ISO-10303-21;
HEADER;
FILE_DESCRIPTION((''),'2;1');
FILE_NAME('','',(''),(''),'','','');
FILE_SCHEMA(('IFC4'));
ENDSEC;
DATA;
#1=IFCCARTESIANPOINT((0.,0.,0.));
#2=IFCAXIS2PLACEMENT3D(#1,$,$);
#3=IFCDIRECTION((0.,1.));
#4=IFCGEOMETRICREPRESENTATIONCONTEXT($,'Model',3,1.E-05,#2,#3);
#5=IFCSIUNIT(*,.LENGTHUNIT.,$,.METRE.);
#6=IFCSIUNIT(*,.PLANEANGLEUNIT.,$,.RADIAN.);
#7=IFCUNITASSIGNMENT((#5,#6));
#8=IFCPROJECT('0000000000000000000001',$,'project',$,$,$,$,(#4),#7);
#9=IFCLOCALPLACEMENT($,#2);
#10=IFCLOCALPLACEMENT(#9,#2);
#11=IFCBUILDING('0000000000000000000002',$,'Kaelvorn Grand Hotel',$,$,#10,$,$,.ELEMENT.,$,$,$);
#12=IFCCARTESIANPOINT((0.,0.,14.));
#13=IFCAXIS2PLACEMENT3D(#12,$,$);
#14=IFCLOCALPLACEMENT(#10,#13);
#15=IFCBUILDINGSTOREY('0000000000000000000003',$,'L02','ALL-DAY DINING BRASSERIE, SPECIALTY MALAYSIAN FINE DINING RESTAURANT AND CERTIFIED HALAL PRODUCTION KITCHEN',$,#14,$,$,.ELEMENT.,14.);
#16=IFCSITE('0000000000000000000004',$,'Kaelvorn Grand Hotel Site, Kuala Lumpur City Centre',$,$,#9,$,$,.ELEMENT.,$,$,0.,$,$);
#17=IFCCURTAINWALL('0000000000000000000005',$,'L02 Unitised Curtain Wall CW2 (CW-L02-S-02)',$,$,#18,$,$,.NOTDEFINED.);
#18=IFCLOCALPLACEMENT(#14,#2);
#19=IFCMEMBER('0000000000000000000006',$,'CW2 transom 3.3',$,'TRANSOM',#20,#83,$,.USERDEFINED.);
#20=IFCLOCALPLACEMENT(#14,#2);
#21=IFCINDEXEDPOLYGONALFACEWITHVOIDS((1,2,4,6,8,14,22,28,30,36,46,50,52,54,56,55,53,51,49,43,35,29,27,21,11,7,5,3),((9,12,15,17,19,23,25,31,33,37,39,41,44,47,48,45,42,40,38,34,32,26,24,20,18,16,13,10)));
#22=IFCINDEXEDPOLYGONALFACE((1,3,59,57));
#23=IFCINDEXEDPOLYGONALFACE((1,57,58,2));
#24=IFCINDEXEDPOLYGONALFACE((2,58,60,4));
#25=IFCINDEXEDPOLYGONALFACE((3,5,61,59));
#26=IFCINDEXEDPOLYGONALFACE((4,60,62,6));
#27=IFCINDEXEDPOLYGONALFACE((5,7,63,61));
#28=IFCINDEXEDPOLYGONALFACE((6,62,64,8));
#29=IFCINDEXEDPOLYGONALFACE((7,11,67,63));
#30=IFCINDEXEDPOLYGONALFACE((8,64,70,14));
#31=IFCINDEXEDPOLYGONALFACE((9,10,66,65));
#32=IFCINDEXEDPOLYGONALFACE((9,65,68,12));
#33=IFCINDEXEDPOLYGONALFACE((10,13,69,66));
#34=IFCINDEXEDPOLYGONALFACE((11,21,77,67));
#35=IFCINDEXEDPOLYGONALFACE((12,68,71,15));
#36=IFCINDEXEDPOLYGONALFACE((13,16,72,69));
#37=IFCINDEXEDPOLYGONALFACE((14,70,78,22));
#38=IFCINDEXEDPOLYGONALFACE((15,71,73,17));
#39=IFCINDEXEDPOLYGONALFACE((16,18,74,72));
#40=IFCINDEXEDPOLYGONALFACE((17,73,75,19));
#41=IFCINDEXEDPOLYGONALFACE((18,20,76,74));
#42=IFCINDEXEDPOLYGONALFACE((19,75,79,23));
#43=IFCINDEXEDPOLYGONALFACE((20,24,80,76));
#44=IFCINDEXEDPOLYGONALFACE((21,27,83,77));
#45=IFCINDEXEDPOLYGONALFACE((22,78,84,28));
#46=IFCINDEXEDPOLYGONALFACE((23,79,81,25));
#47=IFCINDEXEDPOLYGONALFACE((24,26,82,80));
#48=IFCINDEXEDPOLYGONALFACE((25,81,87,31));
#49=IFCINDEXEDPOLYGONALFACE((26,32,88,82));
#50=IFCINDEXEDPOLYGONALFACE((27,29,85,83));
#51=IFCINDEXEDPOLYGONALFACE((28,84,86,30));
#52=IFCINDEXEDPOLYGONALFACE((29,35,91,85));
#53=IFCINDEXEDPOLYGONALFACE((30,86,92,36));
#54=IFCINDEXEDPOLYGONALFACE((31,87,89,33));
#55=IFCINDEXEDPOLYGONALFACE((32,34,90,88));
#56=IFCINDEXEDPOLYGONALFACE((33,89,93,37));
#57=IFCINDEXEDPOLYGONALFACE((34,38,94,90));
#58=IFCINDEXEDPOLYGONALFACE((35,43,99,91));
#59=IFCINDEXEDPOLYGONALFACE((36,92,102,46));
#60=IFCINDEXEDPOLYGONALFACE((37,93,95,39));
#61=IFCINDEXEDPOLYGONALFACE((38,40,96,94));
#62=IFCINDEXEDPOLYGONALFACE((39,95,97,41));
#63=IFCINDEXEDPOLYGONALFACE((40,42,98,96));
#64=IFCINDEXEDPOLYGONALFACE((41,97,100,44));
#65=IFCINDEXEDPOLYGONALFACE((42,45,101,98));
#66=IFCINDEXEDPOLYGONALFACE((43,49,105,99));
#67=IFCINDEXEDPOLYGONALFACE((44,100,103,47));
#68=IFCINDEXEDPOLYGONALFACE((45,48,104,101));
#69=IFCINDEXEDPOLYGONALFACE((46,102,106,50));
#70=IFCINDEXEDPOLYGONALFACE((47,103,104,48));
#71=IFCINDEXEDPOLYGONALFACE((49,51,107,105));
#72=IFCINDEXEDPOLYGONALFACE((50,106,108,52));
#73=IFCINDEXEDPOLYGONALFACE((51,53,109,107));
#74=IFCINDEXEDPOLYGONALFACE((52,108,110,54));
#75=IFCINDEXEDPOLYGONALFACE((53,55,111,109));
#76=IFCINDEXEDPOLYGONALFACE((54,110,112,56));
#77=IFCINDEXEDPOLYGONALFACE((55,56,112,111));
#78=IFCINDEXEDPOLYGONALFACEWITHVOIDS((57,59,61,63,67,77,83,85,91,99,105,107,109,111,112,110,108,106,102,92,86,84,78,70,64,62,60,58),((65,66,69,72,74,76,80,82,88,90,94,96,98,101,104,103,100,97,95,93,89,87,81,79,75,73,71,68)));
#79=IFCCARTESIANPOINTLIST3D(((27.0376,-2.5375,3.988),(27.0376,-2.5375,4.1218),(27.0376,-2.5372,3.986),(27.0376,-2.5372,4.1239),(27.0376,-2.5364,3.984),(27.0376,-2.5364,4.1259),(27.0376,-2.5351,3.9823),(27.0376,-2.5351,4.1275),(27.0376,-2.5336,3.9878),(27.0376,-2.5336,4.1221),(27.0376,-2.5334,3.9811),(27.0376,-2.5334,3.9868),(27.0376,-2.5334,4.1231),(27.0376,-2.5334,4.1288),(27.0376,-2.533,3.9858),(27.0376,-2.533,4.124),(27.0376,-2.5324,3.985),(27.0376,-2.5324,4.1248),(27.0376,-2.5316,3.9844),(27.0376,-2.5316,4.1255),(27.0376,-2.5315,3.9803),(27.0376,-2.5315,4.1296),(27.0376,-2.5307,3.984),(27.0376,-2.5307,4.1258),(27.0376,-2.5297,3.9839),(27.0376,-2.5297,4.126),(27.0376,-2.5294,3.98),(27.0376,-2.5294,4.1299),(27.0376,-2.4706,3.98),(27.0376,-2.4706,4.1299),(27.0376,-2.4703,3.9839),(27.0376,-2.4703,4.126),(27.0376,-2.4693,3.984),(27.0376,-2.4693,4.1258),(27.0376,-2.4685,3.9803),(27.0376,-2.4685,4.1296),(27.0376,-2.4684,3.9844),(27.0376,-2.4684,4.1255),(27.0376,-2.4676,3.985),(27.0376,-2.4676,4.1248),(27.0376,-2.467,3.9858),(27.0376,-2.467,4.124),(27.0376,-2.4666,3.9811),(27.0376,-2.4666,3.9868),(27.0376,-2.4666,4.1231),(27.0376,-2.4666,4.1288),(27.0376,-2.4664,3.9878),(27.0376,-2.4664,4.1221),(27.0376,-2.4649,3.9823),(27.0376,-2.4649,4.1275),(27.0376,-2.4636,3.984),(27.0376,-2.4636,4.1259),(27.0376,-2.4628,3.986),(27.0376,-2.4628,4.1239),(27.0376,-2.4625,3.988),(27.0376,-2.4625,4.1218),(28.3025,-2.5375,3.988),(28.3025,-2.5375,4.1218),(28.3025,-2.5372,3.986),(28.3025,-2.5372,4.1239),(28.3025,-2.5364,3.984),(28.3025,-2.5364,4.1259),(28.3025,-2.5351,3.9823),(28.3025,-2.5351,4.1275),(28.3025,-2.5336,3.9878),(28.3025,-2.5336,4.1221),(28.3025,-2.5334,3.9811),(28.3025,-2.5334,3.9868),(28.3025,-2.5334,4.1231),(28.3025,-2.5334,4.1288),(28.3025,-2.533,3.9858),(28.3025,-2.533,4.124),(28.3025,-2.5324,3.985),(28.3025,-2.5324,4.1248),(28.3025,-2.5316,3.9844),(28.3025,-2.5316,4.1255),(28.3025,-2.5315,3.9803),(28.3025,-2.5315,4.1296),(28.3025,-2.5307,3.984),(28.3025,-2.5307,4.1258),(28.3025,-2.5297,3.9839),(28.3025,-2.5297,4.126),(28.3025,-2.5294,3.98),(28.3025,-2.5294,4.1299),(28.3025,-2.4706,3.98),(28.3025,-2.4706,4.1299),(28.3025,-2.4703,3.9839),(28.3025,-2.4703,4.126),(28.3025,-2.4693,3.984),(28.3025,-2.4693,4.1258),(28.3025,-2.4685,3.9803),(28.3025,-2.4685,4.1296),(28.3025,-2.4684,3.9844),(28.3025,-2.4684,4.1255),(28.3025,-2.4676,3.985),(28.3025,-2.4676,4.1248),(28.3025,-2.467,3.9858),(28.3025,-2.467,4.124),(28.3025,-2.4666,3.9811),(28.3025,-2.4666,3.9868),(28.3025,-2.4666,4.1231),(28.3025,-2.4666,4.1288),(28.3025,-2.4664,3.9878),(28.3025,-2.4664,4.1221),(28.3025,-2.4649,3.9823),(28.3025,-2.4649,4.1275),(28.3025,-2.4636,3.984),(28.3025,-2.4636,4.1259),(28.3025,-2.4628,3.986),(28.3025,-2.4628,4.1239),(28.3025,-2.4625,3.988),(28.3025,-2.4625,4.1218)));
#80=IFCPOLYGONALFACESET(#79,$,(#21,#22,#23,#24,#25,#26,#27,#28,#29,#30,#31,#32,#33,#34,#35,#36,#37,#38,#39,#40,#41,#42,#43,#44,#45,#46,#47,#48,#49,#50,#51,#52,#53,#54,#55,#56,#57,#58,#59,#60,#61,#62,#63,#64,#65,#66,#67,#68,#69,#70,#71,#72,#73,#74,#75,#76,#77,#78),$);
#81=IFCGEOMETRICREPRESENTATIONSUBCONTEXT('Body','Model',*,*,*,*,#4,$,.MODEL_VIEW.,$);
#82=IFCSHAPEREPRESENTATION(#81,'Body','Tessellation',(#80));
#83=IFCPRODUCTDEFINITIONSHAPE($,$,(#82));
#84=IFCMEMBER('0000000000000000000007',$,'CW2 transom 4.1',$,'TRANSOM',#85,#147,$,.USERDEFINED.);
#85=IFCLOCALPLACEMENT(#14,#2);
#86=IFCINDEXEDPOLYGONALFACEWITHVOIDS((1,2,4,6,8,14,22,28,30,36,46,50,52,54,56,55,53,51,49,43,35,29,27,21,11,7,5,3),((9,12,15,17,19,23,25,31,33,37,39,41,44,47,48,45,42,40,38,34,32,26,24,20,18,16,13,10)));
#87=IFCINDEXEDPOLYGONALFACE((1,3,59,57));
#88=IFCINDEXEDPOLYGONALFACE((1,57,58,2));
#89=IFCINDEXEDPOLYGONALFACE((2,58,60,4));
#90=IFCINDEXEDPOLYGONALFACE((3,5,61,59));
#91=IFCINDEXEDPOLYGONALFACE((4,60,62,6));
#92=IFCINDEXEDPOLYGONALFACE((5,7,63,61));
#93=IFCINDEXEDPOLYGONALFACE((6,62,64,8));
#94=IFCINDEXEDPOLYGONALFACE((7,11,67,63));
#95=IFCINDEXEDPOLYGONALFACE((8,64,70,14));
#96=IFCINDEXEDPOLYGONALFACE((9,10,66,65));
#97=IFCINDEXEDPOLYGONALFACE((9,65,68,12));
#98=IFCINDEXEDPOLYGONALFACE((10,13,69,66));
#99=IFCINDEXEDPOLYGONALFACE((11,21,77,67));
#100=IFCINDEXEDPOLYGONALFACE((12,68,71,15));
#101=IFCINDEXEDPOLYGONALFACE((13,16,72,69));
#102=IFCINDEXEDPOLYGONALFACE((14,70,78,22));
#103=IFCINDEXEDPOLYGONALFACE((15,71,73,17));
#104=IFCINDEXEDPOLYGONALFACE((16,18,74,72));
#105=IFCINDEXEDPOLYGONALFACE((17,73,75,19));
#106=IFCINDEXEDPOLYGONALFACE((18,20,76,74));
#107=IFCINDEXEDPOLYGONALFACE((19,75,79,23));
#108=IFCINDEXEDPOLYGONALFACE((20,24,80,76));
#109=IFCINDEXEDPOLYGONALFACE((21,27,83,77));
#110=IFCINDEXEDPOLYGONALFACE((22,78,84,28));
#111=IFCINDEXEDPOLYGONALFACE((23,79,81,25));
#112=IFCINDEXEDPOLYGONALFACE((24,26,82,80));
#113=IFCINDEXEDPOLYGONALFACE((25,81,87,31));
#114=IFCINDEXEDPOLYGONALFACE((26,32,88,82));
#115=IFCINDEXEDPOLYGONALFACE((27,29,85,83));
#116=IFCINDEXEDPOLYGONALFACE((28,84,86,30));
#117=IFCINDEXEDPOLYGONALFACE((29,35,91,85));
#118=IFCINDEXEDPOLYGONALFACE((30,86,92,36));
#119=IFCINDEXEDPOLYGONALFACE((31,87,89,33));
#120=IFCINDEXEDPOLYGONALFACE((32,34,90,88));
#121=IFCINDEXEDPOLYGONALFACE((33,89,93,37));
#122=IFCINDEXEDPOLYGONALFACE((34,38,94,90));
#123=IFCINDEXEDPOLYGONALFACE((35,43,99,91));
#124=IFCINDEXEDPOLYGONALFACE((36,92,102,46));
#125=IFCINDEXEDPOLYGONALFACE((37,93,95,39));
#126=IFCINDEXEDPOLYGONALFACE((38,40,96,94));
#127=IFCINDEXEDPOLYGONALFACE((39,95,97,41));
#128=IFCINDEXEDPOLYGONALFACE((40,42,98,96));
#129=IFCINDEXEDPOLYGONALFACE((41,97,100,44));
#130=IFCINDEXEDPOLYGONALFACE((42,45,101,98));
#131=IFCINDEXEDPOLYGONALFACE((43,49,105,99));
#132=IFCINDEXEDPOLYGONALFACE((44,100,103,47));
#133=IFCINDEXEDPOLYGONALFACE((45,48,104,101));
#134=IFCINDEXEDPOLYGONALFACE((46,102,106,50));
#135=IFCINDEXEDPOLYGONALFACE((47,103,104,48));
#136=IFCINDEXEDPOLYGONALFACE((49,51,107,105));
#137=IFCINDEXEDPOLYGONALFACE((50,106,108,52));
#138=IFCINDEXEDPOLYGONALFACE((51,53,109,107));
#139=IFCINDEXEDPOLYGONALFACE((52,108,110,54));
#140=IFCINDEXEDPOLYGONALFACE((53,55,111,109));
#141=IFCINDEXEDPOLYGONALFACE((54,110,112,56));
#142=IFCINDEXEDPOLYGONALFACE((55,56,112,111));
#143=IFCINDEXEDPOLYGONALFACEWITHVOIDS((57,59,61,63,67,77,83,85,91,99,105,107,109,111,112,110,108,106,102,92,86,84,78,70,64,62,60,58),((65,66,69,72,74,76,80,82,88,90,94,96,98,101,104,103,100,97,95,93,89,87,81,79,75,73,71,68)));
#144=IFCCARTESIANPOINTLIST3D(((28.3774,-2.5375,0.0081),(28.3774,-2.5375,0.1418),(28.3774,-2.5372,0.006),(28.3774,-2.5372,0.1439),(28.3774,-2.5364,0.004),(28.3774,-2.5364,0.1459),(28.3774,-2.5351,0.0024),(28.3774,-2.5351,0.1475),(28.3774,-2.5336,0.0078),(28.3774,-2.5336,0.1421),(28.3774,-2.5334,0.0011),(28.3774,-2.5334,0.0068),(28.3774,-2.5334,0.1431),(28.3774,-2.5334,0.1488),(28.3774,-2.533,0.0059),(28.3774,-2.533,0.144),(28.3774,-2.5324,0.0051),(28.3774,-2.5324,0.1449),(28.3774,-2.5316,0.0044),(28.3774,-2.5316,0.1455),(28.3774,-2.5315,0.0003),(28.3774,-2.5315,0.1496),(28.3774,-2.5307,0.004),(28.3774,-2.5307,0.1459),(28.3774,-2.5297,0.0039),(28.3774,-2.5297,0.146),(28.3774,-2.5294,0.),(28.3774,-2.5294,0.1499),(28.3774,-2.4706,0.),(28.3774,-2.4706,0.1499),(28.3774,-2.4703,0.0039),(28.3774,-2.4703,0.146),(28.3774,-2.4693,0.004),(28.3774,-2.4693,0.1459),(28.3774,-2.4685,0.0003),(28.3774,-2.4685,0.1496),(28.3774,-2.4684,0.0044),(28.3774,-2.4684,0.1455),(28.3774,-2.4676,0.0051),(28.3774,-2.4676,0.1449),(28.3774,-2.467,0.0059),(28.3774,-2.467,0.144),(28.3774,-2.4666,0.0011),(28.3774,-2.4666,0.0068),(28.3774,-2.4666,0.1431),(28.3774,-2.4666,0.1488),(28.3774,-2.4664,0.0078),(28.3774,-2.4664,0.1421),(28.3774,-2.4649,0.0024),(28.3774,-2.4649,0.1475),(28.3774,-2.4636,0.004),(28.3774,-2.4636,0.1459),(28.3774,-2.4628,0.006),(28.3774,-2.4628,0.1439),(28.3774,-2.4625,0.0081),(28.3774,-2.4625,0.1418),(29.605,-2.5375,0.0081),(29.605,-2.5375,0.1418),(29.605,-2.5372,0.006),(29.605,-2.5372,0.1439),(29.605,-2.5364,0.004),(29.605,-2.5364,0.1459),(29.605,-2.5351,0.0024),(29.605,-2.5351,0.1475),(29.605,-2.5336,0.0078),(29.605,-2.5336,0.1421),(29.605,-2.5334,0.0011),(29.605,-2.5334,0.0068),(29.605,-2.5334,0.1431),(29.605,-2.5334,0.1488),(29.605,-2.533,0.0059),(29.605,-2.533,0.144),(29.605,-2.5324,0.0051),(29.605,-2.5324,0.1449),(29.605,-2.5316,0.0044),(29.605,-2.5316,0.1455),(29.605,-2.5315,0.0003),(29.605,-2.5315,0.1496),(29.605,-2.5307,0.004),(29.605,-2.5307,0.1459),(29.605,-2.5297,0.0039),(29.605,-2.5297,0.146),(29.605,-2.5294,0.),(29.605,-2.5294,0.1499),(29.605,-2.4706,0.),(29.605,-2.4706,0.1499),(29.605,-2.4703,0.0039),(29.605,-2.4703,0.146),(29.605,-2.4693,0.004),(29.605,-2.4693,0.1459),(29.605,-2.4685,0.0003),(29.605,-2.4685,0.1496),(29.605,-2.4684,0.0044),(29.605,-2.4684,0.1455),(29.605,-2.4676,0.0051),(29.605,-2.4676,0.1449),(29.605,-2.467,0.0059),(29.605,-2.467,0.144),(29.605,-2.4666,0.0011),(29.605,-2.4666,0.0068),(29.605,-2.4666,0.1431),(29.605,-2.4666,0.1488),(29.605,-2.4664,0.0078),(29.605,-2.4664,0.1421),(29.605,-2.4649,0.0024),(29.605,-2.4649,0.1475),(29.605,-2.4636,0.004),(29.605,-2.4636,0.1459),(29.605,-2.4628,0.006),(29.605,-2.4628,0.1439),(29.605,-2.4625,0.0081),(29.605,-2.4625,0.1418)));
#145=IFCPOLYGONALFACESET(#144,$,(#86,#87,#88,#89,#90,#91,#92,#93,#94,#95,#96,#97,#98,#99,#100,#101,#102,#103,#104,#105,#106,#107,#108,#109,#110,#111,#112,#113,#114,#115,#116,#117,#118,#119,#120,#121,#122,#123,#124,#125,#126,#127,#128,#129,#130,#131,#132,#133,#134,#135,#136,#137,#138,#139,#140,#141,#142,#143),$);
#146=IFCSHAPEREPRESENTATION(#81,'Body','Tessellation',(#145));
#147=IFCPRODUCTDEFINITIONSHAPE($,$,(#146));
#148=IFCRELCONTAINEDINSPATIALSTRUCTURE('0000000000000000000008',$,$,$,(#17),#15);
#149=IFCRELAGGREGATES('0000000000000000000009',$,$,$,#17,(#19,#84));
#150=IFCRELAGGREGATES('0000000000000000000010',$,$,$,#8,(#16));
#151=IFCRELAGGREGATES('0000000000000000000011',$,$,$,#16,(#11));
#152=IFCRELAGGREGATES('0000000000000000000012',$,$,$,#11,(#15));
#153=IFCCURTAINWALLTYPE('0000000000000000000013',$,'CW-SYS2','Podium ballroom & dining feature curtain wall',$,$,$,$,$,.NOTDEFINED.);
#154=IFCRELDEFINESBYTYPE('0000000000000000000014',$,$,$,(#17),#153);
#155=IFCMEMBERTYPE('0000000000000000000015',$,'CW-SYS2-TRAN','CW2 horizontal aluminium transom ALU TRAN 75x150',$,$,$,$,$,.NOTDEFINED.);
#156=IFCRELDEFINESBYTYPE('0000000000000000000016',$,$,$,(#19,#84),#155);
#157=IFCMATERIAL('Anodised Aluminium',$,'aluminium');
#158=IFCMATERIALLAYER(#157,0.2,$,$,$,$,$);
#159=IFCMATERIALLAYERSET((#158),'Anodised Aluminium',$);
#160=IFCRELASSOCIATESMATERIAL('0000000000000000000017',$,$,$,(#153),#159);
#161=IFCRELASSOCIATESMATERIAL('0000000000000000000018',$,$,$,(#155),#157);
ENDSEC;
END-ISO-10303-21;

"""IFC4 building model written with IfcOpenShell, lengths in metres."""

from ifc_helpers import new_model, si_unit, direction, frame, origin, origin_2d, place, context, subcontext, project, spatial, hollow_rectangle, extrude, material, layer, layer_set, material_profile, profile_set, type_object, element, aggregate, save


model = new_model("IFC4")

# Units and contexts
model_context = context("Model", 3, precision=1e-05, world=origin(), true_north=direction((0.0, 1.0)))
body_context = subcontext(model_context, "Body", "Model", "MODEL_VIEW")
ifc_project = project(units=[si_unit("LENGTHUNIT", "METRE"), si_unit("PLANEANGLEUNIT", "RADIAN")], contexts=[model_context])

# Site, building, storey
site_placement = place(None, origin())
site = spatial("IfcSite", under=ifc_project, at=site_placement, Name="Kaelvorn Grand Hotel Site, Kuala Lumpur City Centre", CompositionType="ELEMENT", RefElevation=0.0)
building_placement = place(site_placement, origin())
building = spatial("IfcBuilding", under=site, at=building_placement, Name="Kaelvorn Grand Hotel", CompositionType="ELEMENT")
storey_placement = place(building_placement, frame((0.0, 0.0, 14.0)))
storey = spatial("IfcBuildingStorey", under=building, at=storey_placement, Name="L02", Description="ALL-DAY DINING BRASSERIE, SPECIALTY MALAYSIAN FINE DINING RESTAURANT AND CERTIFIED HALAL PRODUCTION KITCHEN", CompositionType="ELEMENT", Elevation=14.0)

# Shared definitions
ifc_material_1 = material(Name="Anodised Aluminium", Category="aluminium")
ifc_layer_1 = layer(ifc_material_1, 0.2)
ifc_layer_set_1 = layer_set([ifc_layer_1], Name="Anodised Aluminium")
curtain_wall_type = type_object("IfcCurtainWallType", Name="CW-SYS2", Description="Podium ballroom & dining feature curtain wall", PredefinedType="NOTDEFINED", material=ifc_layer_set_1)

# Curtain wall
curtain_wall_1_placement = place(storey_placement, origin())
curtain_wall_1 = element("IfcCurtainWall", 1, at=curtain_wall_1_placement, inside=storey, type_object=curtain_wall_type, Name="L02 Unitised Curtain Wall CW2 (CW-L02-S-02)", PredefinedType="NOTDEFINED")

# Members
ifc_material_profile_1 = material_profile(ifc_material_1, hollow_rectangle(XDim=0.075, YDim=0.1499, WallThickness=0.0039, InnerFilletRadius=0.0039, OuterFilletRadius=0.0081, at=origin_2d()), Name="ALU TRAN 75x150")
ifc_profile_set_1 = profile_set([ifc_material_profile_1], Name="Anodised Aluminium")
member_type_1 = type_object("IfcMemberType", Name="CW-SYS2-TRAN", Description="CW2 horizontal aluminium transom ALU TRAN 75x150", PredefinedType="NOTDEFINED", material=ifc_profile_set_1)
member_1_placement = place(storey_placement, frame((27.0376, -2.5, 4.0549), z_axis=(1.0, 0.0, 0.0), x_axis=(0.0, 1.0, 0.0)))
member_1 = element("IfcMember", 2, at=member_1_placement, type_object=member_type_1, Name="CW2 transom 3.3", ObjectType="TRANSOM", PredefinedType="USERDEFINED", context=body_context, shape_type="SweptSolid", body=[
    extrude(hollow_rectangle(XDim=0.075, YDim=0.1499, WallThickness=0.0039, InnerFilletRadius=0.0039, OuterFilletRadius=0.0081, at=origin_2d()), origin(), (0.0, 0.0, 1.0), 1.2649),
])
member_2_placement = place(storey_placement, frame((28.3774, -2.5, 0.075), z_axis=(1.0, 0.0, 0.0), x_axis=(0.0, 1.0, 0.0)))
member_2 = element("IfcMember", 3, at=member_2_placement, type_object=member_type_1, Name="CW2 transom 4.1", ObjectType="TRANSOM", PredefinedType="USERDEFINED", context=body_context, shape_type="SweptSolid", body=[
    extrude(hollow_rectangle(XDim=0.075, YDim=0.1499, WallThickness=0.0039, InnerFilletRadius=0.0039, OuterFilletRadius=0.0081, at=origin_2d()), origin(), (0.0, 0.0, 1.0), 1.2275),
])

aggregate(curtain_wall_1, [member_1, member_2])

save(model, "model.ifc")
